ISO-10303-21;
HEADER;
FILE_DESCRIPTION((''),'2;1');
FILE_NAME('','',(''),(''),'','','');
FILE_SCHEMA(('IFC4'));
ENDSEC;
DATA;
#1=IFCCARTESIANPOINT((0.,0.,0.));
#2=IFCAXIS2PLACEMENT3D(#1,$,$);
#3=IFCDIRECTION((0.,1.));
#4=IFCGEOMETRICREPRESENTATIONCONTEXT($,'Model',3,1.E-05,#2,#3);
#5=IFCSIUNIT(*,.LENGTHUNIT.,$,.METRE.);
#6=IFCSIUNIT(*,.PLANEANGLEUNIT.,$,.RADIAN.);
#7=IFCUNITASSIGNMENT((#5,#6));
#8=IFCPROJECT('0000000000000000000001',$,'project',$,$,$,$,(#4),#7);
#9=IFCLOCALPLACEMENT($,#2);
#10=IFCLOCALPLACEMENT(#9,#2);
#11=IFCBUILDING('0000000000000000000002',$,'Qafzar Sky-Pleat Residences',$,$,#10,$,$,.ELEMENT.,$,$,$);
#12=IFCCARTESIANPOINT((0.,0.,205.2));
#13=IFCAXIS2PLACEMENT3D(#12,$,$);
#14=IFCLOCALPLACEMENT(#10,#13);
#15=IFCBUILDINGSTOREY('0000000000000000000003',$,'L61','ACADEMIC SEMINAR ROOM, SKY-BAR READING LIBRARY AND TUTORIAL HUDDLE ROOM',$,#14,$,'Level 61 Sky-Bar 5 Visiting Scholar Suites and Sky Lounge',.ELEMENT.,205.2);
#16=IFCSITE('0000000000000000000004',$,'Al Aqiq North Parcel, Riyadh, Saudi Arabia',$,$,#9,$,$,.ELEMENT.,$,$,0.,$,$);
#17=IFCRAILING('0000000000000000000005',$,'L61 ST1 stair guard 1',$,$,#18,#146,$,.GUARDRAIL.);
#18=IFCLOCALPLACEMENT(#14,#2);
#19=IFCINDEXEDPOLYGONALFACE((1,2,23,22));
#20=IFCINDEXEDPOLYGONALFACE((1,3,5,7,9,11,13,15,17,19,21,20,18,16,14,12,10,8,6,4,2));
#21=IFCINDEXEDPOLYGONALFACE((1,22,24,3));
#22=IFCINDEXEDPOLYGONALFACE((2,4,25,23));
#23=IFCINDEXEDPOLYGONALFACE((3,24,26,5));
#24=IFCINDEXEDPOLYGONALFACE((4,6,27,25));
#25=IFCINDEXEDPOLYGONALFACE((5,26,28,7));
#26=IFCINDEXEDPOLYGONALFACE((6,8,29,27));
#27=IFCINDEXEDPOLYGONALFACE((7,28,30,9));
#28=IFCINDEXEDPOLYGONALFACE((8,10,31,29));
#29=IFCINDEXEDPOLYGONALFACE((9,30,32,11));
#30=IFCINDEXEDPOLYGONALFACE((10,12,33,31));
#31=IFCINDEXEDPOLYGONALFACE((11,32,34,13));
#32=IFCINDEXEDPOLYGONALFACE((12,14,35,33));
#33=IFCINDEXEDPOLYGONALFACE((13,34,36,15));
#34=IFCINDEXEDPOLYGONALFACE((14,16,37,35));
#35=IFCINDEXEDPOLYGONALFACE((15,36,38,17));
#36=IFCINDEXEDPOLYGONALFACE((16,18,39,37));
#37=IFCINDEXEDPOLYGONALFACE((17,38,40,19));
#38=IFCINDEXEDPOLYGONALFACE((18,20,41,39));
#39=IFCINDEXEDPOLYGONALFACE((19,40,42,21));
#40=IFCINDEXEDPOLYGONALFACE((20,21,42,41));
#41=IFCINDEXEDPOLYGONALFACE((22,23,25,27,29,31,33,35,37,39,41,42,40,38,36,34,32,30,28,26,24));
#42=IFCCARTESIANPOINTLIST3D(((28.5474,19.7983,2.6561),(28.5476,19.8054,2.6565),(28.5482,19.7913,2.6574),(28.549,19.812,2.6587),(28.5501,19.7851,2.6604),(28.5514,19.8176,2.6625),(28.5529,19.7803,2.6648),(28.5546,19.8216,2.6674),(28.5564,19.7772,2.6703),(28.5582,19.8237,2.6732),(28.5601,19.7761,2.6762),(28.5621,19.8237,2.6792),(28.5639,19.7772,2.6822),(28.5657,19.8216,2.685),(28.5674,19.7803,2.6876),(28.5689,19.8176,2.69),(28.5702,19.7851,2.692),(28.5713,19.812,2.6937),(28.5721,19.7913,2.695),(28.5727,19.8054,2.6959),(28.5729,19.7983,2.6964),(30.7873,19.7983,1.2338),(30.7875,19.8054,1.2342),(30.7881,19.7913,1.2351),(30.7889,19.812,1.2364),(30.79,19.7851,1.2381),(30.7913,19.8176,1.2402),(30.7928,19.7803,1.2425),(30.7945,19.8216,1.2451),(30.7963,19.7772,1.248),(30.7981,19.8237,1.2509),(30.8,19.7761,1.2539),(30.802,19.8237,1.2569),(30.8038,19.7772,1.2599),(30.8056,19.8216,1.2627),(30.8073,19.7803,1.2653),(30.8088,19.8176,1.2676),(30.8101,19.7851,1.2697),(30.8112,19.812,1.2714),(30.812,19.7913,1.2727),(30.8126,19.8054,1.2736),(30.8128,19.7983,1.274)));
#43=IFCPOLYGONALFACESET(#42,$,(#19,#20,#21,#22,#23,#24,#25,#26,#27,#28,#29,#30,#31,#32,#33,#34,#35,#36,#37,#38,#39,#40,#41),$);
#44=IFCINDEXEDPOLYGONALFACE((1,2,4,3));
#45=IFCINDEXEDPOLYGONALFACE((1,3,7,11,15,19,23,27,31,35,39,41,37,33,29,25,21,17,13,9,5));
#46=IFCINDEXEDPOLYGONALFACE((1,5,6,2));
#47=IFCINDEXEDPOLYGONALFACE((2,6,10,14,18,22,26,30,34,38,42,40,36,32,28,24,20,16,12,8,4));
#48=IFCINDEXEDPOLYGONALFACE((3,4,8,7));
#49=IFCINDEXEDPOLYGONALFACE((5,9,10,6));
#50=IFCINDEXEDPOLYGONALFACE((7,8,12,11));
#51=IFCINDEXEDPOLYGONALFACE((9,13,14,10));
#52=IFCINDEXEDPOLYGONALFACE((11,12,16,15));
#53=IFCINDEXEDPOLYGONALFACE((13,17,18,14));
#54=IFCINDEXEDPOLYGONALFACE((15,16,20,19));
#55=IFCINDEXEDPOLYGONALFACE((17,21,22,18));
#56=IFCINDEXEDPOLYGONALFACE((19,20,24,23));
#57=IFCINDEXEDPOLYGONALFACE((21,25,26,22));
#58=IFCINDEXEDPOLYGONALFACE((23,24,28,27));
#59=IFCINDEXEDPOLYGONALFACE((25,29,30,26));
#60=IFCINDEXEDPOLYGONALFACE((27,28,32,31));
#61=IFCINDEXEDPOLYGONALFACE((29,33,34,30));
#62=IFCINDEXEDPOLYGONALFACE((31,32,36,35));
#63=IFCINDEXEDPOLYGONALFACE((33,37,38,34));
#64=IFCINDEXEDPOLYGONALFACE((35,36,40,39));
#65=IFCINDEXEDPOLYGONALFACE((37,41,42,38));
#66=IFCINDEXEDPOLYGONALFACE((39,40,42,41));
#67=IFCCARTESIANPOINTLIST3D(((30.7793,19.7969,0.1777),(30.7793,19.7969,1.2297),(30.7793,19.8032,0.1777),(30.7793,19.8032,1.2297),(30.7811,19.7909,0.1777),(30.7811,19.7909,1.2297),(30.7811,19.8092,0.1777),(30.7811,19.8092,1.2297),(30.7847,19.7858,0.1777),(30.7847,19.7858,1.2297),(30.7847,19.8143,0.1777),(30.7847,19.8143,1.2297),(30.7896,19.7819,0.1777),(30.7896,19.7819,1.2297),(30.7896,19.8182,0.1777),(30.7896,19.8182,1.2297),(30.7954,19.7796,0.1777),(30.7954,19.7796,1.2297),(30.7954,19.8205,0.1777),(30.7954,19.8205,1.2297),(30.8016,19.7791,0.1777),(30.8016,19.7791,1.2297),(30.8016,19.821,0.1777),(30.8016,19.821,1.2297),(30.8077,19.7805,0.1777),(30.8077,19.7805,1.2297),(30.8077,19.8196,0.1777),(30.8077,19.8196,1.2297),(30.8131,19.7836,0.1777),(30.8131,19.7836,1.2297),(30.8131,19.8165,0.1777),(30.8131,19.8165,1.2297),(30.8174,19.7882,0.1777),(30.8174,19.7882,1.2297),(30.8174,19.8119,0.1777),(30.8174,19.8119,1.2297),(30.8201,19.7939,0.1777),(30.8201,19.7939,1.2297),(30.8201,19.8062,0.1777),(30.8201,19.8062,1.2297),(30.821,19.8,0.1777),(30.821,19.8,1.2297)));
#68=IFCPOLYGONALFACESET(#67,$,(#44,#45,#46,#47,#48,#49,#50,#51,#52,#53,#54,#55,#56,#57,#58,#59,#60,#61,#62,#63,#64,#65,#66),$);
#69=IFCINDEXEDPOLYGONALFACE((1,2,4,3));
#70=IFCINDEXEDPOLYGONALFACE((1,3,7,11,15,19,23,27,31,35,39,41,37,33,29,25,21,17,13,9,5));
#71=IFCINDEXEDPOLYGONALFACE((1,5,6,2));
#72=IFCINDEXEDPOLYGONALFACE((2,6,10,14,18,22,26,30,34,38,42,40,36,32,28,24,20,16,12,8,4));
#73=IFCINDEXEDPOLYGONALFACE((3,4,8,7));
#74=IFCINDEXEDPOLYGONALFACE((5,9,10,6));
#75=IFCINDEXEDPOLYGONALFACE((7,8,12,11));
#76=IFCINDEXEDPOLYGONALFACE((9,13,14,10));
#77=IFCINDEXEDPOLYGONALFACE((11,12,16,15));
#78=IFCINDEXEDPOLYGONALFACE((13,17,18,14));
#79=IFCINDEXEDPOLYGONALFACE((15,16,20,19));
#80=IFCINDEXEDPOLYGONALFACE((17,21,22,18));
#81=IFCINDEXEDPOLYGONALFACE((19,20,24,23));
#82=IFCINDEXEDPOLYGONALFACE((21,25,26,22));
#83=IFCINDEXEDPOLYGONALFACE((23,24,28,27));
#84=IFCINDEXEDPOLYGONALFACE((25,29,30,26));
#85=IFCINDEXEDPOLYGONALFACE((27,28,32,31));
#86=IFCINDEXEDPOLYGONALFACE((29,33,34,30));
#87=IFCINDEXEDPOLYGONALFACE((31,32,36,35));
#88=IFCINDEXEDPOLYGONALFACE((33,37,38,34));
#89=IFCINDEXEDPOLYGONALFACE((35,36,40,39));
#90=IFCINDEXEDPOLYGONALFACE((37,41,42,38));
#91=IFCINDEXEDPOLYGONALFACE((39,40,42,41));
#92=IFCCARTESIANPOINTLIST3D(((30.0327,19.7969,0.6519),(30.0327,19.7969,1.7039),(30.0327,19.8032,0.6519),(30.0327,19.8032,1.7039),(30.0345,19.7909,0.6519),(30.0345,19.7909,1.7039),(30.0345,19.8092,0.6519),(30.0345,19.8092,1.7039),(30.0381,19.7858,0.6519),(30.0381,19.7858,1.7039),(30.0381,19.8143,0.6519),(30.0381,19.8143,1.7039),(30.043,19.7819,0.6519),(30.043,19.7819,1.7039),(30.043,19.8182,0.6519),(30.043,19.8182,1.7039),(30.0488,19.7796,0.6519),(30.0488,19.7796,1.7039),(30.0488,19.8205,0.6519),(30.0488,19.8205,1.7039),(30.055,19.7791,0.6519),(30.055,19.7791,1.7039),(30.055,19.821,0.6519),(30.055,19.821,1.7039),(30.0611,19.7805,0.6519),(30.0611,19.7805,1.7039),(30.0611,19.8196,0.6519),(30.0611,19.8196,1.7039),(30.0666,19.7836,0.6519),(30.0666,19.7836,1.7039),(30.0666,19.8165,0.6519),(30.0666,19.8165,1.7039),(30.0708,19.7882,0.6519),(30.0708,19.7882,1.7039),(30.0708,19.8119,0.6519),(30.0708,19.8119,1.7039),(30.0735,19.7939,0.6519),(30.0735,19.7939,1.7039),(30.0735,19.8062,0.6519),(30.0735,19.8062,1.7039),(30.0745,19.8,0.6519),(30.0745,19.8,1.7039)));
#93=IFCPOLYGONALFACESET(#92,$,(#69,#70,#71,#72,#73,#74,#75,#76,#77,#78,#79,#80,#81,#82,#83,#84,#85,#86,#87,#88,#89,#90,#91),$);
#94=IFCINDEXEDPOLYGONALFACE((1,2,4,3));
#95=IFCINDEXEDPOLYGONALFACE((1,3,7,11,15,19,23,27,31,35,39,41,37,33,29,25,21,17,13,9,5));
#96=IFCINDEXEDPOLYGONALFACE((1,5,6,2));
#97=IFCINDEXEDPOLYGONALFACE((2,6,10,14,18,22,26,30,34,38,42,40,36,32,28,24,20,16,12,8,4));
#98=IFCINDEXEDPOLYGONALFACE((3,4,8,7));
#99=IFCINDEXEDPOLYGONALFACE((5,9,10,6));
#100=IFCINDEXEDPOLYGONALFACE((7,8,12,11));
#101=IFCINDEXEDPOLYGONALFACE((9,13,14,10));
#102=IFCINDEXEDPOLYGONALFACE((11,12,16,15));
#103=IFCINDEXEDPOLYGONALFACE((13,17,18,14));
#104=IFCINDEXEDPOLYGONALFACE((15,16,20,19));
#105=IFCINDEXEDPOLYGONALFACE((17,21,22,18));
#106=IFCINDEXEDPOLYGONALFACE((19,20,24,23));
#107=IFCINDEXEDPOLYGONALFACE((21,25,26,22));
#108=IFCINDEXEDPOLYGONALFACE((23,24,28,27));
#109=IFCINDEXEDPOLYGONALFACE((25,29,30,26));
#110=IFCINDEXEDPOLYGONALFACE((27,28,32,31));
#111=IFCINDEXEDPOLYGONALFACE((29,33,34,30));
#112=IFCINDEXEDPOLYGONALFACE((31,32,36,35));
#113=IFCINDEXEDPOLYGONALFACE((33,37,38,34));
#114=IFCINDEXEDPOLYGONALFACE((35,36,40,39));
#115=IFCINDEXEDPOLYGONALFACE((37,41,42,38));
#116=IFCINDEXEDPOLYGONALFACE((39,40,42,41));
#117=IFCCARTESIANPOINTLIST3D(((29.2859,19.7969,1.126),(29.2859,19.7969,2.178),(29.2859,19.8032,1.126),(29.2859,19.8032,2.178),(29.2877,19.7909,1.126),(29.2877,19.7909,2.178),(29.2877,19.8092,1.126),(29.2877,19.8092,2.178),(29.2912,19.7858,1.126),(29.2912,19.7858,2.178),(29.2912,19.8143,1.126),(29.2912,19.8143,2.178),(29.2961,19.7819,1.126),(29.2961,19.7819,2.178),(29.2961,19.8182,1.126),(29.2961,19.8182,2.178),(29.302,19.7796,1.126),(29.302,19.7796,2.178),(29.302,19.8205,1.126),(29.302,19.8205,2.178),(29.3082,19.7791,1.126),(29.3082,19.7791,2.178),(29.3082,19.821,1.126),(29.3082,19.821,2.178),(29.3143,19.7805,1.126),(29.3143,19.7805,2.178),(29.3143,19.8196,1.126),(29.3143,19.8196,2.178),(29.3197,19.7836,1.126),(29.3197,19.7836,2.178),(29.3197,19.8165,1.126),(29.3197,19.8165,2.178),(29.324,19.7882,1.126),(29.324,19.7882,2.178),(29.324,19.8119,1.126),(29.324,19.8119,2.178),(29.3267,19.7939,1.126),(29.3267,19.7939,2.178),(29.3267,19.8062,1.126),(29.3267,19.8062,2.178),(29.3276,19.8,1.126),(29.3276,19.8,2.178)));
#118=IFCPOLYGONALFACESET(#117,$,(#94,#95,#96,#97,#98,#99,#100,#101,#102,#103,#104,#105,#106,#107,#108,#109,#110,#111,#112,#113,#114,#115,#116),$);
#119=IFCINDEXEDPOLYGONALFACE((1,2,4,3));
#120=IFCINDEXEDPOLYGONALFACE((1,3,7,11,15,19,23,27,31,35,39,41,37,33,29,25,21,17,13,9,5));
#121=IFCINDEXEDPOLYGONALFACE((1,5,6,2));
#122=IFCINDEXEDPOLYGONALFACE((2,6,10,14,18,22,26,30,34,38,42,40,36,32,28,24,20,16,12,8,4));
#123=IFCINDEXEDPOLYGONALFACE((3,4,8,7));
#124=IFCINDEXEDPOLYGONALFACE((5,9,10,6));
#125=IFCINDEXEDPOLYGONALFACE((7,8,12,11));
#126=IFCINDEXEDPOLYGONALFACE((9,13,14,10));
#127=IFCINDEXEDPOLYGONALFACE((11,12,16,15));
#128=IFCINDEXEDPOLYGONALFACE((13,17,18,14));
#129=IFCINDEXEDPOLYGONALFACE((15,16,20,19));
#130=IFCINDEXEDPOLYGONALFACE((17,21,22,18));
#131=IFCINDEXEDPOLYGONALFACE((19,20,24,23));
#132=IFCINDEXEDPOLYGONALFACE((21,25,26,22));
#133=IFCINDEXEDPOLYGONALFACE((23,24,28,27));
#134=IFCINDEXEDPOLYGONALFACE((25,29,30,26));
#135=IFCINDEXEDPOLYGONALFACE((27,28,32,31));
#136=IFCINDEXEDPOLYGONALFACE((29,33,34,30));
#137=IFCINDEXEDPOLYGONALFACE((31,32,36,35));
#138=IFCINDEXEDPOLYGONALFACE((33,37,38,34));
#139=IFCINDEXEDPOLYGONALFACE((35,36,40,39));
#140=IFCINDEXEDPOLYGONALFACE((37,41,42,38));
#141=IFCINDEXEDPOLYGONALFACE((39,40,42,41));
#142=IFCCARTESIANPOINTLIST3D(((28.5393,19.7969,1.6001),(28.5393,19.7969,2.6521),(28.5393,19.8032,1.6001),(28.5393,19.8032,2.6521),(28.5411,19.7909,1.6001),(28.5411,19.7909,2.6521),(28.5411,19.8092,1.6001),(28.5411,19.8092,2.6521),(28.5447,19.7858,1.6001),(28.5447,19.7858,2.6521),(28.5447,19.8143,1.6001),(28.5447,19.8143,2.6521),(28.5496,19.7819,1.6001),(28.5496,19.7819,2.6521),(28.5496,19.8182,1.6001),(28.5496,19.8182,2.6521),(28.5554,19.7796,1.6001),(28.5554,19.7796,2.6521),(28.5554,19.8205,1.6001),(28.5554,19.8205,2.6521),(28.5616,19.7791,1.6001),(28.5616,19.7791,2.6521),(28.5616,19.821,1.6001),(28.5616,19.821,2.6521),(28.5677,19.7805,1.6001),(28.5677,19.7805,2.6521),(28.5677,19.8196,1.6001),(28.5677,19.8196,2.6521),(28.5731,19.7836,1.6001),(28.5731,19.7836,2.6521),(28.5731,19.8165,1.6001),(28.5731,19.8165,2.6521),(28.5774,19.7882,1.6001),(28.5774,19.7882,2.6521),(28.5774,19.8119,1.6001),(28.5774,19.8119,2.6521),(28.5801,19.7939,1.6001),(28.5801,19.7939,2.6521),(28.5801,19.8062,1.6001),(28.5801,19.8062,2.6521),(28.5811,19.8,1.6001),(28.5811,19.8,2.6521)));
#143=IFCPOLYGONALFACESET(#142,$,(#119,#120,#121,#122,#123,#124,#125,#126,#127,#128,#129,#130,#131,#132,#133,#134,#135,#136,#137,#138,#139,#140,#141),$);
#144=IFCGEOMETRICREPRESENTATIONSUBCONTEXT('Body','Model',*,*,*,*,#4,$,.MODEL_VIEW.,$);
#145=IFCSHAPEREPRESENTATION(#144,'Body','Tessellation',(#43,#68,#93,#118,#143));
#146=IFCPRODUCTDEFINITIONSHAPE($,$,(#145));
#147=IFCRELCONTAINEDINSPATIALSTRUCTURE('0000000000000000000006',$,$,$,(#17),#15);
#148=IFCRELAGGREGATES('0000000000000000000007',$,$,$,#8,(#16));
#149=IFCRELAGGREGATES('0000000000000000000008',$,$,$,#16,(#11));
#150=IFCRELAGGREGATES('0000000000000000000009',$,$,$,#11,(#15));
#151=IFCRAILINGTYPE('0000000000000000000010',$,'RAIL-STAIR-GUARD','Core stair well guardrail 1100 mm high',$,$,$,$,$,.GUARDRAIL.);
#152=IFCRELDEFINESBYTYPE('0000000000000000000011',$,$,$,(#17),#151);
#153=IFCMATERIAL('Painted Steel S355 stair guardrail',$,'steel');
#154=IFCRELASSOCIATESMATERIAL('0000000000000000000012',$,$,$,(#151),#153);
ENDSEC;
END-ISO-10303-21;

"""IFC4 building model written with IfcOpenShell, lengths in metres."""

from ifc_helpers import new_model, si_unit, direction, frame, origin, origin_2d, place, context, subcontext, project, spatial, circle, extrude, source, transform, mapped, material, type_object, element, save


model = new_model("IFC4")

# Units and contexts
model_context = context("Model", 3, precision=1e-05, world=origin(), true_north=direction((0.0, 1.0)))
body_context = subcontext(model_context, "Body", "Model", "MODEL_VIEW")
ifc_project = project(units=[si_unit("LENGTHUNIT", "METRE"), si_unit("PLANEANGLEUNIT", "RADIAN")], contexts=[model_context])

# Site, building, storey
site_placement = place(None, origin())
site = spatial("IfcSite", under=ifc_project, at=site_placement, Name="Al Aqiq North Parcel, Riyadh, Saudi Arabia", CompositionType="ELEMENT", RefElevation=0.0)
building_placement = place(site_placement, origin())
building = spatial("IfcBuilding", under=site, at=building_placement, Name="Qafzar Sky-Pleat Residences", CompositionType="ELEMENT")
storey_placement = place(building_placement, frame((0.0, 0.0, 205.2)))
storey = spatial("IfcBuildingStorey", under=building, at=storey_placement, Name="L61", Description="ACADEMIC SEMINAR ROOM, SKY-BAR READING LIBRARY AND TUTORIAL HUDDLE ROOM", LongName="Level 61 Sky-Bar 5 Visiting Scholar Suites and Sky Lounge", CompositionType="ELEMENT", Elevation=205.2)

# Railing
ifc_material_1 = material(Name="Painted Steel S355 stair guardrail", Category="steel")
railing_type_1 = type_object("IfcRailingType", Name="RAIL-STAIR-GUARD", Description="Core stair well guardrail 1100 mm high", PredefinedType="GUARDRAIL", material=ifc_material_1)
shared_shape_1 = source(origin(), body_context, "Body", "SweptSolid", [
    extrude(circle(Radius=0.0239, at=origin_2d()), frame((0.0, 0.0, 1.0762), z_axis=(-0.844188, 0.0, 0.536048), x_axis=(0.0, -1.0, 0.0)), (0.0, 0.0, 1.0), 2.6533),
    extrude(circle(Radius=0.021, at=origin_2d()), origin(), (0.0, 0.0, 1.0), 1.052),
    extrude(circle(Radius=0.021, at=origin_2d()), frame((-0.7466, 0.0, 0.4741)), (0.0, 0.0, 1.0), 1.052),
    extrude(circle(Radius=0.021, at=origin_2d()), frame((-1.4934, 0.0, 0.9482)), (0.0, 0.0, 1.0), 1.052),
    extrude(circle(Radius=0.021, at=origin_2d()), frame((-2.24, 0.0, 1.4224)), (0.0, 0.0, 1.0), 1.052),
])
railing_1_placement = place(storey_placement, frame((30.8, 19.8, 0.1777)))
element("IfcRailing", 1, at=railing_1_placement, inside=storey, type_object=railing_type_1, Name="L61 ST1 stair guard 1", PredefinedType="GUARDRAIL", context=body_context, shape_type="MappedRepresentation", body=[
    mapped(shared_shape_1, transform((0.0, 0.0, 0.0), x_axis=(1.0, 0.0, 0.0), y_axis=(0.0, 1.0, 0.0), z_axis=(0.0, 0.0, 1.0), scale=1.0)),
])

save(model, "model.ifc")
